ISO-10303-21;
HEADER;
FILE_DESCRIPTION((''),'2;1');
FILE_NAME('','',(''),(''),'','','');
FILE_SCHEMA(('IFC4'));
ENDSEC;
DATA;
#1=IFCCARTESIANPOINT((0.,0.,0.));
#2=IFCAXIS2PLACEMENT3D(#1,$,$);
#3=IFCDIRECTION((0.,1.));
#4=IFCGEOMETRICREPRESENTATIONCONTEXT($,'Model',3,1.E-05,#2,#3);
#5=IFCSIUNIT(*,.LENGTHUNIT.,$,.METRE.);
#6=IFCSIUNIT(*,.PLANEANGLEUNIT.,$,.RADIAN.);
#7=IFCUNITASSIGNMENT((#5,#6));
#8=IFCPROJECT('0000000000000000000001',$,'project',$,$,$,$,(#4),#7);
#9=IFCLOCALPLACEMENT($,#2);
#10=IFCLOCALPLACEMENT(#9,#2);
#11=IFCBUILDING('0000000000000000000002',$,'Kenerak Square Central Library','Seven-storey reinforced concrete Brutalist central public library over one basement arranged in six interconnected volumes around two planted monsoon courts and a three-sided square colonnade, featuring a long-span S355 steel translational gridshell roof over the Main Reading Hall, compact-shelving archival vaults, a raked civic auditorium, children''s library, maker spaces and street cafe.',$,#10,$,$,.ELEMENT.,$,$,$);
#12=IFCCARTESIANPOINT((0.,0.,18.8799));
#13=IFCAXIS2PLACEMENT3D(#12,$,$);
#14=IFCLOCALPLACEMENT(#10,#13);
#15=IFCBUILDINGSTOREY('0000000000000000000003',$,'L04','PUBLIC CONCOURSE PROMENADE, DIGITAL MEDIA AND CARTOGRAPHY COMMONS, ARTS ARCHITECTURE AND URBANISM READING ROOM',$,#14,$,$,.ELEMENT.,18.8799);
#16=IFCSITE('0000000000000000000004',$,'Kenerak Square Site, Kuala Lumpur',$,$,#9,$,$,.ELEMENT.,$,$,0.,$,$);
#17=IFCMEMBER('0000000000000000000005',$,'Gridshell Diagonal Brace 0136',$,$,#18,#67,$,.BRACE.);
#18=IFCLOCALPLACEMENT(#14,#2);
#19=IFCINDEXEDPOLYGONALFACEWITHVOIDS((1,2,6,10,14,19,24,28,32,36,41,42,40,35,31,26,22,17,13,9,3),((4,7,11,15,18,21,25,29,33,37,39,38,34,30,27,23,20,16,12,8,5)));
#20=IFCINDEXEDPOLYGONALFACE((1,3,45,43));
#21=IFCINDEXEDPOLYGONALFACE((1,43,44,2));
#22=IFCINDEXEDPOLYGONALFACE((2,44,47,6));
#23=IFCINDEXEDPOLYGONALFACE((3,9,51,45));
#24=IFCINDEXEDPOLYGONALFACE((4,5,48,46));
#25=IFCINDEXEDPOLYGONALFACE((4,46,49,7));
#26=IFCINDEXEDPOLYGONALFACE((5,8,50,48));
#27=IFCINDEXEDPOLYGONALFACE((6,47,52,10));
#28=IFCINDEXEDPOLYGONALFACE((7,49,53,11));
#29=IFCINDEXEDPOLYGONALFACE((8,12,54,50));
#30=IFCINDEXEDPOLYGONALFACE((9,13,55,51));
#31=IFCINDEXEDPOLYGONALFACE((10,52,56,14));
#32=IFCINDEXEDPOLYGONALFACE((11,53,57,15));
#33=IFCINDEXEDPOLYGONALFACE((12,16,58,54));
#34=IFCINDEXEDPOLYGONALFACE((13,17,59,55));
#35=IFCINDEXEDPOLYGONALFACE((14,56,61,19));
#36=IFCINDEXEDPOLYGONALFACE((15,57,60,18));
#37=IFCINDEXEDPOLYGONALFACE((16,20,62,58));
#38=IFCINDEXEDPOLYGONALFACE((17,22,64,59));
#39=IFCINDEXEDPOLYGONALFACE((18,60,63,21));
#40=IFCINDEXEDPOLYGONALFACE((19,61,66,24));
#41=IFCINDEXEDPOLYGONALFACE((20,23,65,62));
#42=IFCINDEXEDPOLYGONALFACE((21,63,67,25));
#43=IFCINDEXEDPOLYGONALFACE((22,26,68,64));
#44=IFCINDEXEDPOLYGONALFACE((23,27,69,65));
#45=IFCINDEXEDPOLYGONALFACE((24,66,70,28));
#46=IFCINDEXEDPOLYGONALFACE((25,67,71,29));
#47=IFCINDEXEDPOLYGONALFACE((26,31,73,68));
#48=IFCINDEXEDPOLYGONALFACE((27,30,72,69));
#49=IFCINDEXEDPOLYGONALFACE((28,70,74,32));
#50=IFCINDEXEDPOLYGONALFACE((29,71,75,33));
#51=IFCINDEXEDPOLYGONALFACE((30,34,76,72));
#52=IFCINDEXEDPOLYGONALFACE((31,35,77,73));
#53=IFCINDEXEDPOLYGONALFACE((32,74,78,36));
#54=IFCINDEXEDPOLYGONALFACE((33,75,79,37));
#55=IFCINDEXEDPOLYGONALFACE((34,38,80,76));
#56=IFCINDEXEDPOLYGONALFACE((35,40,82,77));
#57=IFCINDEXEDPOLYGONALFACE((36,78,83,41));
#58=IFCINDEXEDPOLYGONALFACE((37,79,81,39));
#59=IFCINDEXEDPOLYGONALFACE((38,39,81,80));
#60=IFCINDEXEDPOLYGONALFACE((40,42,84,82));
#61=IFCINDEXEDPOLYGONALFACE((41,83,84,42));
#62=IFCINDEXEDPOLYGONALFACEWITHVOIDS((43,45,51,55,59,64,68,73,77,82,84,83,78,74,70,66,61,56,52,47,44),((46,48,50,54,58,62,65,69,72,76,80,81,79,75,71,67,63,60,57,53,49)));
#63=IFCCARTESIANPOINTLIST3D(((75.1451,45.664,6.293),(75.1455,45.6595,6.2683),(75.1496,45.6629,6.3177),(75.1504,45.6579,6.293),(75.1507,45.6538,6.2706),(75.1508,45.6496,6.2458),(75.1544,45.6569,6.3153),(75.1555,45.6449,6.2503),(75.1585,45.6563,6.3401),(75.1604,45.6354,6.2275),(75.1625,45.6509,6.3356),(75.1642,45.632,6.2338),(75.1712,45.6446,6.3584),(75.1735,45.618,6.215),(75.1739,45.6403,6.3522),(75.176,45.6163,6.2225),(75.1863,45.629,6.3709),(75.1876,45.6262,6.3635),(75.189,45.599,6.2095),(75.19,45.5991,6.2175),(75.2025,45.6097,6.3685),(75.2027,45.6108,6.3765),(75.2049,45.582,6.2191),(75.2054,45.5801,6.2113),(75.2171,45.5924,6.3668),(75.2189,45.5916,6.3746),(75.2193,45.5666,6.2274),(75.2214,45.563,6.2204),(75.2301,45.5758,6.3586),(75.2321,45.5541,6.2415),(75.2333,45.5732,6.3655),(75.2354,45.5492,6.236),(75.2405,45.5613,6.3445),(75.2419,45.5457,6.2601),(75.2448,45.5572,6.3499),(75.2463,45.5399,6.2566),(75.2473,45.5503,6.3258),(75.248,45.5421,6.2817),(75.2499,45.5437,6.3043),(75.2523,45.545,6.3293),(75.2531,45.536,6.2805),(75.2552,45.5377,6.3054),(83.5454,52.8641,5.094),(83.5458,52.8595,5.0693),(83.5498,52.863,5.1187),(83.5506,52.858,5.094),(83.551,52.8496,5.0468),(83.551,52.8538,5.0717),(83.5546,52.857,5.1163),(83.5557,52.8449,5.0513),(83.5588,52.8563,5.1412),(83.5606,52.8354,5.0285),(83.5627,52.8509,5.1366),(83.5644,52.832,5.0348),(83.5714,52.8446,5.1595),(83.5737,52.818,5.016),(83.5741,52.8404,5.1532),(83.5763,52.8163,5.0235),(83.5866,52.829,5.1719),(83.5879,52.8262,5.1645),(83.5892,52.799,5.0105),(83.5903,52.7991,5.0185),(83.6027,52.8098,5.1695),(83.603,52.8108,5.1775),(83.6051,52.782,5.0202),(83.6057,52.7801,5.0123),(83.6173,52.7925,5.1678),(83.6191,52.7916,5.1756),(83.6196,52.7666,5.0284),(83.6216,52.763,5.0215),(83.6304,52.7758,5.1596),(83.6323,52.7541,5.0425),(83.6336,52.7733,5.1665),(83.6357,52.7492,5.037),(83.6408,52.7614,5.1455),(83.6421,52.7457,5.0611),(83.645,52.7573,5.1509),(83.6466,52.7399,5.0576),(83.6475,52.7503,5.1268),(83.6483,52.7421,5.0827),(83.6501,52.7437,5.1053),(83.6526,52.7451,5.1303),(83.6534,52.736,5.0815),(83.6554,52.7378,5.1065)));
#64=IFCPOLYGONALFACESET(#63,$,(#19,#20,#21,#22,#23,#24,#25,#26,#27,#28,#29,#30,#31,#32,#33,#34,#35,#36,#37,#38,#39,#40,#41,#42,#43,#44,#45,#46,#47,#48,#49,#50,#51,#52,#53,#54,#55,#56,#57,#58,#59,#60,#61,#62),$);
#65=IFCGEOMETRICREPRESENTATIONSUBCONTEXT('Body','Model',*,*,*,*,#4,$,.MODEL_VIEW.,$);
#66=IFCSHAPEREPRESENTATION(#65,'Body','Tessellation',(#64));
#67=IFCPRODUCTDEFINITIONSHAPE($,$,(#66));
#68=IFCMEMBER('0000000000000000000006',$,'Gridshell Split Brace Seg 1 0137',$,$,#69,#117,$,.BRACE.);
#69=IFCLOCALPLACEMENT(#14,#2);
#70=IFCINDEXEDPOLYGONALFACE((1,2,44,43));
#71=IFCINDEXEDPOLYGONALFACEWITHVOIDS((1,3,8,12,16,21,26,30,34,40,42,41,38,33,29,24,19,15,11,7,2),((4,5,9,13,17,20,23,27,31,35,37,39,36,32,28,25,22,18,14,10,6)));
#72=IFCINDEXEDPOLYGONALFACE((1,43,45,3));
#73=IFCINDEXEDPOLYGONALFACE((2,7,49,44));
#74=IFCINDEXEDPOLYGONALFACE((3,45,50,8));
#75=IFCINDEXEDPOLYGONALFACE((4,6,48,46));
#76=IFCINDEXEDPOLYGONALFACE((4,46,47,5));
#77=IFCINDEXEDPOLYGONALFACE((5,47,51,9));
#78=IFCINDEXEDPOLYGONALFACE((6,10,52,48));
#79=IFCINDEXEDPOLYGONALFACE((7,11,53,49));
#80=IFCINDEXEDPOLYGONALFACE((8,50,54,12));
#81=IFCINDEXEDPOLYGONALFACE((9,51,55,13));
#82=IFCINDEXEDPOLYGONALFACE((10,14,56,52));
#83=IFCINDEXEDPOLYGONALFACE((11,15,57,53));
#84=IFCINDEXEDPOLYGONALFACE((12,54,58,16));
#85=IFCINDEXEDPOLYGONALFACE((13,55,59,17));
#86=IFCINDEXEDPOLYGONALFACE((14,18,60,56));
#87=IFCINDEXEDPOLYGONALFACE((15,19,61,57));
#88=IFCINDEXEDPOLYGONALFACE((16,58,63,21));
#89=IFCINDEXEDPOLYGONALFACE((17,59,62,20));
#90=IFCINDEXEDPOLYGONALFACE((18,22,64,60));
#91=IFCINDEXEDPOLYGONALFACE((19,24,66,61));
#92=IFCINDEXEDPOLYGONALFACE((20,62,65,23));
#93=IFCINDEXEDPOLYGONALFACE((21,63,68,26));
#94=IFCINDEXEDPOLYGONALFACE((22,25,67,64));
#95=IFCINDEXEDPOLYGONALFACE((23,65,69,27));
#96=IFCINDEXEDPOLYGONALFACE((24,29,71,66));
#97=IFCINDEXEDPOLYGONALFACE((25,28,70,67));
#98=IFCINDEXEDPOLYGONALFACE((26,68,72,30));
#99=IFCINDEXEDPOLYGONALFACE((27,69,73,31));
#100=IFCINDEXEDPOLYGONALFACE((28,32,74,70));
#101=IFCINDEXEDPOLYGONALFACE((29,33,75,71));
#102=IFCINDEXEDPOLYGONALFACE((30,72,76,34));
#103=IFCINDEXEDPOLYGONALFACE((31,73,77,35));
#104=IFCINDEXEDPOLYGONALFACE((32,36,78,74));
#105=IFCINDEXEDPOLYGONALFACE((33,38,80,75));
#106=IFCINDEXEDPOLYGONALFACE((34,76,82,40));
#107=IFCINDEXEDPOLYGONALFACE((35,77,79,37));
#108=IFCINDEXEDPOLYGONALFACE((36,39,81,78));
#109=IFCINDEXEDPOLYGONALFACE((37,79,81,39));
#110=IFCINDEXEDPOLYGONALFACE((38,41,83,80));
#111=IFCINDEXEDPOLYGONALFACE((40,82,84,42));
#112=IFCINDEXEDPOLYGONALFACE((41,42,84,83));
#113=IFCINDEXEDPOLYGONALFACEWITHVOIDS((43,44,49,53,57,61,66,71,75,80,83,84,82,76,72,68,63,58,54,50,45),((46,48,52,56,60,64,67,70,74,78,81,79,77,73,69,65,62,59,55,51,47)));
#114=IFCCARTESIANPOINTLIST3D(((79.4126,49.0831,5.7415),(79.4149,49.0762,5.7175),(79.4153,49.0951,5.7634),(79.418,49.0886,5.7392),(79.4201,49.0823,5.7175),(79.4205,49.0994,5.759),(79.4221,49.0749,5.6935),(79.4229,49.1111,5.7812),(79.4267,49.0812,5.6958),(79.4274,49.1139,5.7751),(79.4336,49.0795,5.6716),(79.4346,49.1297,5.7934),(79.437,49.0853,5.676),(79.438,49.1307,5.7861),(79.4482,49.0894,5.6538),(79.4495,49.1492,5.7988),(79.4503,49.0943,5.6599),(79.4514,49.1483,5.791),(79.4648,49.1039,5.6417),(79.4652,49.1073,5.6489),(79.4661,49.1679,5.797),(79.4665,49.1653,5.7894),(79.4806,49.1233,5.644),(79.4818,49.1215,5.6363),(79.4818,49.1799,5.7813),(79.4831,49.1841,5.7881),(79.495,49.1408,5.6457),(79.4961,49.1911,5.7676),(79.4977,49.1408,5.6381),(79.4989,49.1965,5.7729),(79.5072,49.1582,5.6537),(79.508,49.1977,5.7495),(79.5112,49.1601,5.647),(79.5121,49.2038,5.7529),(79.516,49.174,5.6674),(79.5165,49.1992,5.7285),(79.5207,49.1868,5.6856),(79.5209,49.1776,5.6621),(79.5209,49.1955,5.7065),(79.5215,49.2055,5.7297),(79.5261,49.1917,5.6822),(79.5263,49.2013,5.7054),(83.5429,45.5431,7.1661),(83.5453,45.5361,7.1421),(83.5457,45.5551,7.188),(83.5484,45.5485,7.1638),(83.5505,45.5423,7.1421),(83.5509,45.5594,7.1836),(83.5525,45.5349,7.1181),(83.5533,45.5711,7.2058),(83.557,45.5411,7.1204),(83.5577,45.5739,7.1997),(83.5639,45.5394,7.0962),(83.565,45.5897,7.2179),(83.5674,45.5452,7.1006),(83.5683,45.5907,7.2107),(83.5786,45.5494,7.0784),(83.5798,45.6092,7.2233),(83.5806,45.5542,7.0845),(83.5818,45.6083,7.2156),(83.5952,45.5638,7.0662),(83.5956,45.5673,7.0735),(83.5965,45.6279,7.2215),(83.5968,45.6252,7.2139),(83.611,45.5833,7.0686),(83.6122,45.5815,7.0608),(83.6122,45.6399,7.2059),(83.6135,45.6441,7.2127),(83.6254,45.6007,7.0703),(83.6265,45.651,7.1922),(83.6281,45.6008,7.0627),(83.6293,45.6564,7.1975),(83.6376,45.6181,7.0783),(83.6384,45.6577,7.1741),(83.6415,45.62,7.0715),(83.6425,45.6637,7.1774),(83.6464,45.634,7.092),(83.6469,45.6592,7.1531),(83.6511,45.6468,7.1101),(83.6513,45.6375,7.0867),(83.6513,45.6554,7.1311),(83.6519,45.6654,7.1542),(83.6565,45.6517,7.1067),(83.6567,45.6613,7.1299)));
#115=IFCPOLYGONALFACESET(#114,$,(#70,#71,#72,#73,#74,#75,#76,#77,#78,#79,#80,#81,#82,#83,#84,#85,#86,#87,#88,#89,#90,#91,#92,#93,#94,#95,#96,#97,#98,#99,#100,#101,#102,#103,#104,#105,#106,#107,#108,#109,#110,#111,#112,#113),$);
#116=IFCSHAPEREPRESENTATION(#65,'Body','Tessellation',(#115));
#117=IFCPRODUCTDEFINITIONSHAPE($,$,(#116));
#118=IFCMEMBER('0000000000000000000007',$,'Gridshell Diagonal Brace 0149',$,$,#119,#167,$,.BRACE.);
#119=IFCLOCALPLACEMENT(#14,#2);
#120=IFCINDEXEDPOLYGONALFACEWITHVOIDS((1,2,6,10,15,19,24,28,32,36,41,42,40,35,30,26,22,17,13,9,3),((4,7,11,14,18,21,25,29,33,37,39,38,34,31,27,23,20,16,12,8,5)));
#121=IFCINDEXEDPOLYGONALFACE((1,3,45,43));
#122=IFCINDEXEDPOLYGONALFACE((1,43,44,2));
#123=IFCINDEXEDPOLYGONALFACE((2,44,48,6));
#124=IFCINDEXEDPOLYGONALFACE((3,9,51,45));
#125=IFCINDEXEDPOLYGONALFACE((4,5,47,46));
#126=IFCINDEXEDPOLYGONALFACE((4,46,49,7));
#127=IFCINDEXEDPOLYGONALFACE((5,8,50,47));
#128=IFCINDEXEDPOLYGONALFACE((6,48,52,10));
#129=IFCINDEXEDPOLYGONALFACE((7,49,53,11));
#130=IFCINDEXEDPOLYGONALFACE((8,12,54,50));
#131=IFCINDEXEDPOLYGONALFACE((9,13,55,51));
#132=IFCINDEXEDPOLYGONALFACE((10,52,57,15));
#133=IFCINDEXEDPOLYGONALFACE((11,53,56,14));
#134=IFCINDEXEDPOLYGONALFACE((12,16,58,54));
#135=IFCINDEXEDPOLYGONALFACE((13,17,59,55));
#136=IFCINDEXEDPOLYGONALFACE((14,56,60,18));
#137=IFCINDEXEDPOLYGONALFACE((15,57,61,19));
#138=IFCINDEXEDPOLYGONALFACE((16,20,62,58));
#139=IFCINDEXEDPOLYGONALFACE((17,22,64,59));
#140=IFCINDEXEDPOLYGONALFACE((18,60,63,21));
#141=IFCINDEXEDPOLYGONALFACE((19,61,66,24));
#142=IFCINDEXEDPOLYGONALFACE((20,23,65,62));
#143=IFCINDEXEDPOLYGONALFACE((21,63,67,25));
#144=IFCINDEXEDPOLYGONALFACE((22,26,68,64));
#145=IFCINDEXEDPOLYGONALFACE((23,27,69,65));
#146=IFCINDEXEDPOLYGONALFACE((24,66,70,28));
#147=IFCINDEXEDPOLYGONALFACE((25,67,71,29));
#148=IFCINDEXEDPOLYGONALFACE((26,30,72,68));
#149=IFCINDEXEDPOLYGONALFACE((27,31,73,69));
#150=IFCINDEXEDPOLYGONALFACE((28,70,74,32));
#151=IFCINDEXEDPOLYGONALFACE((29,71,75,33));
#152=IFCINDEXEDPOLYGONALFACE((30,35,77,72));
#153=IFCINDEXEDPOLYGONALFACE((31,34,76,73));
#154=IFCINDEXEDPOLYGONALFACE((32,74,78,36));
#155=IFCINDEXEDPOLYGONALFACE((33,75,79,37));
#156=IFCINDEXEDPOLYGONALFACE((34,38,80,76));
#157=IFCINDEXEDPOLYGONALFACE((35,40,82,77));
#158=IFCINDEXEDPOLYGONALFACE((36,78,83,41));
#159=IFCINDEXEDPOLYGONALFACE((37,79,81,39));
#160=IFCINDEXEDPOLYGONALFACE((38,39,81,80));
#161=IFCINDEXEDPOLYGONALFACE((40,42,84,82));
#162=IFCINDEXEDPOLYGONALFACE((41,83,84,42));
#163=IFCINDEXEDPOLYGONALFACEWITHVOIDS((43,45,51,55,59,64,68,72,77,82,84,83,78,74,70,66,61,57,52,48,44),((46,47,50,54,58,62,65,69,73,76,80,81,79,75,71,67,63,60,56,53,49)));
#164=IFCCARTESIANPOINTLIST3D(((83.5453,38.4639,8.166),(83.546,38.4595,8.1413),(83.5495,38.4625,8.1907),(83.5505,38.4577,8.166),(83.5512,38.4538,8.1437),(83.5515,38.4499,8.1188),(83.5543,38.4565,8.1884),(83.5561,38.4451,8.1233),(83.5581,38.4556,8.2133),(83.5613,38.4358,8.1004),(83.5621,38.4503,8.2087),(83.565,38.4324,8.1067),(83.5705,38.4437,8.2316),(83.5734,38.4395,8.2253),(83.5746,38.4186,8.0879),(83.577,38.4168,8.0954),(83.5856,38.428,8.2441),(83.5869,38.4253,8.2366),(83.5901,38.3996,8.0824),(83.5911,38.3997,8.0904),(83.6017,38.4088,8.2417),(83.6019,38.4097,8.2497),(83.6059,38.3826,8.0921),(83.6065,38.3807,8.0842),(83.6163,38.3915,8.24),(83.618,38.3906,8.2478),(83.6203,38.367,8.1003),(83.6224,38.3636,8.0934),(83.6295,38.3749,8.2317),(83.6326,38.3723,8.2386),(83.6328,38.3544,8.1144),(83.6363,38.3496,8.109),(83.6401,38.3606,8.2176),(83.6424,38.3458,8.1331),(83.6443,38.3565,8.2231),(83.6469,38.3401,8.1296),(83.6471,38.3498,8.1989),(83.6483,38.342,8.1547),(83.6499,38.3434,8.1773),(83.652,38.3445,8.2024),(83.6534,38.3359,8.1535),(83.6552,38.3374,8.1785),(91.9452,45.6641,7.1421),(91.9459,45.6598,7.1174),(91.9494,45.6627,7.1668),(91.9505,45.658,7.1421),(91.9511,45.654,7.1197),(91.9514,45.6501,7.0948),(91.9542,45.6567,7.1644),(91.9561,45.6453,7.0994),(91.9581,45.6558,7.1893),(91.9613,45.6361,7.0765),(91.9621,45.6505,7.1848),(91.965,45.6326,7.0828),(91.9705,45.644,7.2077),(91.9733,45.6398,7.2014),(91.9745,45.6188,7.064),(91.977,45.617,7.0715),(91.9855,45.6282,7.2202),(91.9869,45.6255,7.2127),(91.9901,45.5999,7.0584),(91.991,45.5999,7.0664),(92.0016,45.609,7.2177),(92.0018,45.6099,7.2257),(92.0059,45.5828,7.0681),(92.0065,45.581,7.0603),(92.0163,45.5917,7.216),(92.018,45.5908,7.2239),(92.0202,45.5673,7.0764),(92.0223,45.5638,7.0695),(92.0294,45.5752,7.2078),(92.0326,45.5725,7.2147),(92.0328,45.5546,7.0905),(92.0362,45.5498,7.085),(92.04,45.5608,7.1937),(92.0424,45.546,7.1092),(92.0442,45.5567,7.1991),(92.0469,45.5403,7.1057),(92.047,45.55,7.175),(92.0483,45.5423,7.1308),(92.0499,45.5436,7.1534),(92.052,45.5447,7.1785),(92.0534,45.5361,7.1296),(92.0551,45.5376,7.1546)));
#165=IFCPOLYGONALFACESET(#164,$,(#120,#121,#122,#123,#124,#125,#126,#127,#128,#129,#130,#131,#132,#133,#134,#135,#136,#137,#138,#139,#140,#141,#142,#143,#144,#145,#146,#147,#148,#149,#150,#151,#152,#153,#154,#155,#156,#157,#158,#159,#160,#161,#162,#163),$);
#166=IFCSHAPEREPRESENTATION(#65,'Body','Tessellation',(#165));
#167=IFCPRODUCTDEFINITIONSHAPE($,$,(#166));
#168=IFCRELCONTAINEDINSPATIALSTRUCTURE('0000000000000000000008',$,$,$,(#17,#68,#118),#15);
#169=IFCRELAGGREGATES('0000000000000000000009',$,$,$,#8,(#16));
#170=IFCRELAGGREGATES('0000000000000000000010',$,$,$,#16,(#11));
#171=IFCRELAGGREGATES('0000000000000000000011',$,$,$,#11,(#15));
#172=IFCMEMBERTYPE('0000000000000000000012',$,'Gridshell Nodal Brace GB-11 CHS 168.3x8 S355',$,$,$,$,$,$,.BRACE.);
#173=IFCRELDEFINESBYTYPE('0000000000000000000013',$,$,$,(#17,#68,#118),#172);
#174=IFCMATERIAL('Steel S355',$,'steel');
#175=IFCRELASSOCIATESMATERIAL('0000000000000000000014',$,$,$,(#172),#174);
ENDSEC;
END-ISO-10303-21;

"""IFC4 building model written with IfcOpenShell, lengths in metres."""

from ifc_helpers import new_model, si_unit, direction, frame, origin, origin_2d, place, context, subcontext, project, spatial, hollow_circle, extrude, material, material_profile, profile_set, type_object, element, save


model = new_model("IFC4")

# Units and contexts
model_context = context("Model", 3, precision=1e-05, world=origin(), true_north=direction((0.0, 1.0)))
body_context = subcontext(model_context, "Body", "Model", "MODEL_VIEW")
ifc_project = project(units=[si_unit("LENGTHUNIT", "METRE"), si_unit("PLANEANGLEUNIT", "RADIAN")], contexts=[model_context])

# Site, building, storey
site_placement = place(None, origin())
site = spatial("IfcSite", under=ifc_project, at=site_placement, Name="Kenerak Square Site, Kuala Lumpur", CompositionType="ELEMENT", RefElevation=0.0)
building_placement = place(site_placement, origin())
building = spatial("IfcBuilding", under=site, at=building_placement, Name="Kenerak Square Central Library", Description="Seven-storey reinforced concrete Brutalist central public library over one basement arranged in six interconnected volumes around two planted monsoon courts and a three-sided square colonnade, featuring a long-span S355 steel translational gridshell roof over the Main Reading Hall, compact-shelving archival vaults, a raked civic auditorium, children's library, maker spaces and street cafe.", CompositionType="ELEMENT")
storey_placement = place(building_placement, frame((0.0, 0.0, 18.8799)))
storey = spatial("IfcBuildingStorey", under=building, at=storey_placement, Name="L04", Description="PUBLIC CONCOURSE PROMENADE, DIGITAL MEDIA AND CARTOGRAPHY COMMONS, ARTS ARCHITECTURE AND URBANISM READING ROOM", CompositionType="ELEMENT", Elevation=18.8799)

# Members
ifc_material = material(Name="Steel S355", Category="steel")
ifc_material_profile_1 = material_profile(ifc_material, hollow_circle(Radius=0.0842, WallThickness=0.0081, at=origin_2d()), Name="CHS 168.3x8.0")
ifc_profile_set_1 = profile_set([ifc_material_profile_1], Name="Steel S355")
member_type_1 = type_object("IfcMemberType", Name="Gridshell Nodal Brace GB-11 CHS 168.3x8 S355", PredefinedType="BRACE", material=ifc_profile_set_1)
member_1_placement = place(storey_placement, frame((75.2, 45.6001, 6.293), z_axis=(0.754845, 0.646994, -0.107741), x_axis=(-0.650782, 0.759264, 0.0)))
element("IfcMember", 1, at=member_1_placement, inside=storey, type_object=member_type_1, Name="Gridshell Diagonal Brace 0136", PredefinedType="BRACE", context=body_context, shape_type="SweptSolid", body=[
    extrude(hollow_circle(Radius=0.0842, WallThickness=0.0081, at=origin_2d()), origin(), (0.0, 0.0, 1.0), 11.1284),
])
member_2_placement = place(storey_placement, frame((83.6001, 45.6001, 7.1421), z_axis=(-0.734514, 0.629533, -0.253333), x_axis=(-0.650762, -0.759282, 0.0)))
element("IfcMember", 2, at=member_2_placement, inside=storey, type_object=member_type_1, Name="Gridshell Split Brace Seg 1 0137", PredefinedType="BRACE", context=body_context, shape_type="SweptSolid", body=[
    extrude(hollow_circle(Radius=0.0842, WallThickness=0.0081, at=origin_2d()), origin(), (0.0, 0.0, 1.0), 5.6233),
])
member_3_placement = place(storey_placement, frame((83.6001, 38.3999, 8.166), z_axis=(0.756013, 0.648036, -0.092156), x_axis=(-0.650806, 0.759244, 0.0)))
element("IfcMember", 3, at=member_3_placement, inside=storey, type_object=member_type_1, Name="Gridshell Diagonal Brace 0149", PredefinedType="BRACE", context=body_context, shape_type="SweptSolid", body=[
    extrude(hollow_circle(Radius=0.0842, WallThickness=0.0081, at=origin_2d()), origin(), (0.0, 0.0, 1.0), 11.1108),
])

save(model, "model.ifc")
